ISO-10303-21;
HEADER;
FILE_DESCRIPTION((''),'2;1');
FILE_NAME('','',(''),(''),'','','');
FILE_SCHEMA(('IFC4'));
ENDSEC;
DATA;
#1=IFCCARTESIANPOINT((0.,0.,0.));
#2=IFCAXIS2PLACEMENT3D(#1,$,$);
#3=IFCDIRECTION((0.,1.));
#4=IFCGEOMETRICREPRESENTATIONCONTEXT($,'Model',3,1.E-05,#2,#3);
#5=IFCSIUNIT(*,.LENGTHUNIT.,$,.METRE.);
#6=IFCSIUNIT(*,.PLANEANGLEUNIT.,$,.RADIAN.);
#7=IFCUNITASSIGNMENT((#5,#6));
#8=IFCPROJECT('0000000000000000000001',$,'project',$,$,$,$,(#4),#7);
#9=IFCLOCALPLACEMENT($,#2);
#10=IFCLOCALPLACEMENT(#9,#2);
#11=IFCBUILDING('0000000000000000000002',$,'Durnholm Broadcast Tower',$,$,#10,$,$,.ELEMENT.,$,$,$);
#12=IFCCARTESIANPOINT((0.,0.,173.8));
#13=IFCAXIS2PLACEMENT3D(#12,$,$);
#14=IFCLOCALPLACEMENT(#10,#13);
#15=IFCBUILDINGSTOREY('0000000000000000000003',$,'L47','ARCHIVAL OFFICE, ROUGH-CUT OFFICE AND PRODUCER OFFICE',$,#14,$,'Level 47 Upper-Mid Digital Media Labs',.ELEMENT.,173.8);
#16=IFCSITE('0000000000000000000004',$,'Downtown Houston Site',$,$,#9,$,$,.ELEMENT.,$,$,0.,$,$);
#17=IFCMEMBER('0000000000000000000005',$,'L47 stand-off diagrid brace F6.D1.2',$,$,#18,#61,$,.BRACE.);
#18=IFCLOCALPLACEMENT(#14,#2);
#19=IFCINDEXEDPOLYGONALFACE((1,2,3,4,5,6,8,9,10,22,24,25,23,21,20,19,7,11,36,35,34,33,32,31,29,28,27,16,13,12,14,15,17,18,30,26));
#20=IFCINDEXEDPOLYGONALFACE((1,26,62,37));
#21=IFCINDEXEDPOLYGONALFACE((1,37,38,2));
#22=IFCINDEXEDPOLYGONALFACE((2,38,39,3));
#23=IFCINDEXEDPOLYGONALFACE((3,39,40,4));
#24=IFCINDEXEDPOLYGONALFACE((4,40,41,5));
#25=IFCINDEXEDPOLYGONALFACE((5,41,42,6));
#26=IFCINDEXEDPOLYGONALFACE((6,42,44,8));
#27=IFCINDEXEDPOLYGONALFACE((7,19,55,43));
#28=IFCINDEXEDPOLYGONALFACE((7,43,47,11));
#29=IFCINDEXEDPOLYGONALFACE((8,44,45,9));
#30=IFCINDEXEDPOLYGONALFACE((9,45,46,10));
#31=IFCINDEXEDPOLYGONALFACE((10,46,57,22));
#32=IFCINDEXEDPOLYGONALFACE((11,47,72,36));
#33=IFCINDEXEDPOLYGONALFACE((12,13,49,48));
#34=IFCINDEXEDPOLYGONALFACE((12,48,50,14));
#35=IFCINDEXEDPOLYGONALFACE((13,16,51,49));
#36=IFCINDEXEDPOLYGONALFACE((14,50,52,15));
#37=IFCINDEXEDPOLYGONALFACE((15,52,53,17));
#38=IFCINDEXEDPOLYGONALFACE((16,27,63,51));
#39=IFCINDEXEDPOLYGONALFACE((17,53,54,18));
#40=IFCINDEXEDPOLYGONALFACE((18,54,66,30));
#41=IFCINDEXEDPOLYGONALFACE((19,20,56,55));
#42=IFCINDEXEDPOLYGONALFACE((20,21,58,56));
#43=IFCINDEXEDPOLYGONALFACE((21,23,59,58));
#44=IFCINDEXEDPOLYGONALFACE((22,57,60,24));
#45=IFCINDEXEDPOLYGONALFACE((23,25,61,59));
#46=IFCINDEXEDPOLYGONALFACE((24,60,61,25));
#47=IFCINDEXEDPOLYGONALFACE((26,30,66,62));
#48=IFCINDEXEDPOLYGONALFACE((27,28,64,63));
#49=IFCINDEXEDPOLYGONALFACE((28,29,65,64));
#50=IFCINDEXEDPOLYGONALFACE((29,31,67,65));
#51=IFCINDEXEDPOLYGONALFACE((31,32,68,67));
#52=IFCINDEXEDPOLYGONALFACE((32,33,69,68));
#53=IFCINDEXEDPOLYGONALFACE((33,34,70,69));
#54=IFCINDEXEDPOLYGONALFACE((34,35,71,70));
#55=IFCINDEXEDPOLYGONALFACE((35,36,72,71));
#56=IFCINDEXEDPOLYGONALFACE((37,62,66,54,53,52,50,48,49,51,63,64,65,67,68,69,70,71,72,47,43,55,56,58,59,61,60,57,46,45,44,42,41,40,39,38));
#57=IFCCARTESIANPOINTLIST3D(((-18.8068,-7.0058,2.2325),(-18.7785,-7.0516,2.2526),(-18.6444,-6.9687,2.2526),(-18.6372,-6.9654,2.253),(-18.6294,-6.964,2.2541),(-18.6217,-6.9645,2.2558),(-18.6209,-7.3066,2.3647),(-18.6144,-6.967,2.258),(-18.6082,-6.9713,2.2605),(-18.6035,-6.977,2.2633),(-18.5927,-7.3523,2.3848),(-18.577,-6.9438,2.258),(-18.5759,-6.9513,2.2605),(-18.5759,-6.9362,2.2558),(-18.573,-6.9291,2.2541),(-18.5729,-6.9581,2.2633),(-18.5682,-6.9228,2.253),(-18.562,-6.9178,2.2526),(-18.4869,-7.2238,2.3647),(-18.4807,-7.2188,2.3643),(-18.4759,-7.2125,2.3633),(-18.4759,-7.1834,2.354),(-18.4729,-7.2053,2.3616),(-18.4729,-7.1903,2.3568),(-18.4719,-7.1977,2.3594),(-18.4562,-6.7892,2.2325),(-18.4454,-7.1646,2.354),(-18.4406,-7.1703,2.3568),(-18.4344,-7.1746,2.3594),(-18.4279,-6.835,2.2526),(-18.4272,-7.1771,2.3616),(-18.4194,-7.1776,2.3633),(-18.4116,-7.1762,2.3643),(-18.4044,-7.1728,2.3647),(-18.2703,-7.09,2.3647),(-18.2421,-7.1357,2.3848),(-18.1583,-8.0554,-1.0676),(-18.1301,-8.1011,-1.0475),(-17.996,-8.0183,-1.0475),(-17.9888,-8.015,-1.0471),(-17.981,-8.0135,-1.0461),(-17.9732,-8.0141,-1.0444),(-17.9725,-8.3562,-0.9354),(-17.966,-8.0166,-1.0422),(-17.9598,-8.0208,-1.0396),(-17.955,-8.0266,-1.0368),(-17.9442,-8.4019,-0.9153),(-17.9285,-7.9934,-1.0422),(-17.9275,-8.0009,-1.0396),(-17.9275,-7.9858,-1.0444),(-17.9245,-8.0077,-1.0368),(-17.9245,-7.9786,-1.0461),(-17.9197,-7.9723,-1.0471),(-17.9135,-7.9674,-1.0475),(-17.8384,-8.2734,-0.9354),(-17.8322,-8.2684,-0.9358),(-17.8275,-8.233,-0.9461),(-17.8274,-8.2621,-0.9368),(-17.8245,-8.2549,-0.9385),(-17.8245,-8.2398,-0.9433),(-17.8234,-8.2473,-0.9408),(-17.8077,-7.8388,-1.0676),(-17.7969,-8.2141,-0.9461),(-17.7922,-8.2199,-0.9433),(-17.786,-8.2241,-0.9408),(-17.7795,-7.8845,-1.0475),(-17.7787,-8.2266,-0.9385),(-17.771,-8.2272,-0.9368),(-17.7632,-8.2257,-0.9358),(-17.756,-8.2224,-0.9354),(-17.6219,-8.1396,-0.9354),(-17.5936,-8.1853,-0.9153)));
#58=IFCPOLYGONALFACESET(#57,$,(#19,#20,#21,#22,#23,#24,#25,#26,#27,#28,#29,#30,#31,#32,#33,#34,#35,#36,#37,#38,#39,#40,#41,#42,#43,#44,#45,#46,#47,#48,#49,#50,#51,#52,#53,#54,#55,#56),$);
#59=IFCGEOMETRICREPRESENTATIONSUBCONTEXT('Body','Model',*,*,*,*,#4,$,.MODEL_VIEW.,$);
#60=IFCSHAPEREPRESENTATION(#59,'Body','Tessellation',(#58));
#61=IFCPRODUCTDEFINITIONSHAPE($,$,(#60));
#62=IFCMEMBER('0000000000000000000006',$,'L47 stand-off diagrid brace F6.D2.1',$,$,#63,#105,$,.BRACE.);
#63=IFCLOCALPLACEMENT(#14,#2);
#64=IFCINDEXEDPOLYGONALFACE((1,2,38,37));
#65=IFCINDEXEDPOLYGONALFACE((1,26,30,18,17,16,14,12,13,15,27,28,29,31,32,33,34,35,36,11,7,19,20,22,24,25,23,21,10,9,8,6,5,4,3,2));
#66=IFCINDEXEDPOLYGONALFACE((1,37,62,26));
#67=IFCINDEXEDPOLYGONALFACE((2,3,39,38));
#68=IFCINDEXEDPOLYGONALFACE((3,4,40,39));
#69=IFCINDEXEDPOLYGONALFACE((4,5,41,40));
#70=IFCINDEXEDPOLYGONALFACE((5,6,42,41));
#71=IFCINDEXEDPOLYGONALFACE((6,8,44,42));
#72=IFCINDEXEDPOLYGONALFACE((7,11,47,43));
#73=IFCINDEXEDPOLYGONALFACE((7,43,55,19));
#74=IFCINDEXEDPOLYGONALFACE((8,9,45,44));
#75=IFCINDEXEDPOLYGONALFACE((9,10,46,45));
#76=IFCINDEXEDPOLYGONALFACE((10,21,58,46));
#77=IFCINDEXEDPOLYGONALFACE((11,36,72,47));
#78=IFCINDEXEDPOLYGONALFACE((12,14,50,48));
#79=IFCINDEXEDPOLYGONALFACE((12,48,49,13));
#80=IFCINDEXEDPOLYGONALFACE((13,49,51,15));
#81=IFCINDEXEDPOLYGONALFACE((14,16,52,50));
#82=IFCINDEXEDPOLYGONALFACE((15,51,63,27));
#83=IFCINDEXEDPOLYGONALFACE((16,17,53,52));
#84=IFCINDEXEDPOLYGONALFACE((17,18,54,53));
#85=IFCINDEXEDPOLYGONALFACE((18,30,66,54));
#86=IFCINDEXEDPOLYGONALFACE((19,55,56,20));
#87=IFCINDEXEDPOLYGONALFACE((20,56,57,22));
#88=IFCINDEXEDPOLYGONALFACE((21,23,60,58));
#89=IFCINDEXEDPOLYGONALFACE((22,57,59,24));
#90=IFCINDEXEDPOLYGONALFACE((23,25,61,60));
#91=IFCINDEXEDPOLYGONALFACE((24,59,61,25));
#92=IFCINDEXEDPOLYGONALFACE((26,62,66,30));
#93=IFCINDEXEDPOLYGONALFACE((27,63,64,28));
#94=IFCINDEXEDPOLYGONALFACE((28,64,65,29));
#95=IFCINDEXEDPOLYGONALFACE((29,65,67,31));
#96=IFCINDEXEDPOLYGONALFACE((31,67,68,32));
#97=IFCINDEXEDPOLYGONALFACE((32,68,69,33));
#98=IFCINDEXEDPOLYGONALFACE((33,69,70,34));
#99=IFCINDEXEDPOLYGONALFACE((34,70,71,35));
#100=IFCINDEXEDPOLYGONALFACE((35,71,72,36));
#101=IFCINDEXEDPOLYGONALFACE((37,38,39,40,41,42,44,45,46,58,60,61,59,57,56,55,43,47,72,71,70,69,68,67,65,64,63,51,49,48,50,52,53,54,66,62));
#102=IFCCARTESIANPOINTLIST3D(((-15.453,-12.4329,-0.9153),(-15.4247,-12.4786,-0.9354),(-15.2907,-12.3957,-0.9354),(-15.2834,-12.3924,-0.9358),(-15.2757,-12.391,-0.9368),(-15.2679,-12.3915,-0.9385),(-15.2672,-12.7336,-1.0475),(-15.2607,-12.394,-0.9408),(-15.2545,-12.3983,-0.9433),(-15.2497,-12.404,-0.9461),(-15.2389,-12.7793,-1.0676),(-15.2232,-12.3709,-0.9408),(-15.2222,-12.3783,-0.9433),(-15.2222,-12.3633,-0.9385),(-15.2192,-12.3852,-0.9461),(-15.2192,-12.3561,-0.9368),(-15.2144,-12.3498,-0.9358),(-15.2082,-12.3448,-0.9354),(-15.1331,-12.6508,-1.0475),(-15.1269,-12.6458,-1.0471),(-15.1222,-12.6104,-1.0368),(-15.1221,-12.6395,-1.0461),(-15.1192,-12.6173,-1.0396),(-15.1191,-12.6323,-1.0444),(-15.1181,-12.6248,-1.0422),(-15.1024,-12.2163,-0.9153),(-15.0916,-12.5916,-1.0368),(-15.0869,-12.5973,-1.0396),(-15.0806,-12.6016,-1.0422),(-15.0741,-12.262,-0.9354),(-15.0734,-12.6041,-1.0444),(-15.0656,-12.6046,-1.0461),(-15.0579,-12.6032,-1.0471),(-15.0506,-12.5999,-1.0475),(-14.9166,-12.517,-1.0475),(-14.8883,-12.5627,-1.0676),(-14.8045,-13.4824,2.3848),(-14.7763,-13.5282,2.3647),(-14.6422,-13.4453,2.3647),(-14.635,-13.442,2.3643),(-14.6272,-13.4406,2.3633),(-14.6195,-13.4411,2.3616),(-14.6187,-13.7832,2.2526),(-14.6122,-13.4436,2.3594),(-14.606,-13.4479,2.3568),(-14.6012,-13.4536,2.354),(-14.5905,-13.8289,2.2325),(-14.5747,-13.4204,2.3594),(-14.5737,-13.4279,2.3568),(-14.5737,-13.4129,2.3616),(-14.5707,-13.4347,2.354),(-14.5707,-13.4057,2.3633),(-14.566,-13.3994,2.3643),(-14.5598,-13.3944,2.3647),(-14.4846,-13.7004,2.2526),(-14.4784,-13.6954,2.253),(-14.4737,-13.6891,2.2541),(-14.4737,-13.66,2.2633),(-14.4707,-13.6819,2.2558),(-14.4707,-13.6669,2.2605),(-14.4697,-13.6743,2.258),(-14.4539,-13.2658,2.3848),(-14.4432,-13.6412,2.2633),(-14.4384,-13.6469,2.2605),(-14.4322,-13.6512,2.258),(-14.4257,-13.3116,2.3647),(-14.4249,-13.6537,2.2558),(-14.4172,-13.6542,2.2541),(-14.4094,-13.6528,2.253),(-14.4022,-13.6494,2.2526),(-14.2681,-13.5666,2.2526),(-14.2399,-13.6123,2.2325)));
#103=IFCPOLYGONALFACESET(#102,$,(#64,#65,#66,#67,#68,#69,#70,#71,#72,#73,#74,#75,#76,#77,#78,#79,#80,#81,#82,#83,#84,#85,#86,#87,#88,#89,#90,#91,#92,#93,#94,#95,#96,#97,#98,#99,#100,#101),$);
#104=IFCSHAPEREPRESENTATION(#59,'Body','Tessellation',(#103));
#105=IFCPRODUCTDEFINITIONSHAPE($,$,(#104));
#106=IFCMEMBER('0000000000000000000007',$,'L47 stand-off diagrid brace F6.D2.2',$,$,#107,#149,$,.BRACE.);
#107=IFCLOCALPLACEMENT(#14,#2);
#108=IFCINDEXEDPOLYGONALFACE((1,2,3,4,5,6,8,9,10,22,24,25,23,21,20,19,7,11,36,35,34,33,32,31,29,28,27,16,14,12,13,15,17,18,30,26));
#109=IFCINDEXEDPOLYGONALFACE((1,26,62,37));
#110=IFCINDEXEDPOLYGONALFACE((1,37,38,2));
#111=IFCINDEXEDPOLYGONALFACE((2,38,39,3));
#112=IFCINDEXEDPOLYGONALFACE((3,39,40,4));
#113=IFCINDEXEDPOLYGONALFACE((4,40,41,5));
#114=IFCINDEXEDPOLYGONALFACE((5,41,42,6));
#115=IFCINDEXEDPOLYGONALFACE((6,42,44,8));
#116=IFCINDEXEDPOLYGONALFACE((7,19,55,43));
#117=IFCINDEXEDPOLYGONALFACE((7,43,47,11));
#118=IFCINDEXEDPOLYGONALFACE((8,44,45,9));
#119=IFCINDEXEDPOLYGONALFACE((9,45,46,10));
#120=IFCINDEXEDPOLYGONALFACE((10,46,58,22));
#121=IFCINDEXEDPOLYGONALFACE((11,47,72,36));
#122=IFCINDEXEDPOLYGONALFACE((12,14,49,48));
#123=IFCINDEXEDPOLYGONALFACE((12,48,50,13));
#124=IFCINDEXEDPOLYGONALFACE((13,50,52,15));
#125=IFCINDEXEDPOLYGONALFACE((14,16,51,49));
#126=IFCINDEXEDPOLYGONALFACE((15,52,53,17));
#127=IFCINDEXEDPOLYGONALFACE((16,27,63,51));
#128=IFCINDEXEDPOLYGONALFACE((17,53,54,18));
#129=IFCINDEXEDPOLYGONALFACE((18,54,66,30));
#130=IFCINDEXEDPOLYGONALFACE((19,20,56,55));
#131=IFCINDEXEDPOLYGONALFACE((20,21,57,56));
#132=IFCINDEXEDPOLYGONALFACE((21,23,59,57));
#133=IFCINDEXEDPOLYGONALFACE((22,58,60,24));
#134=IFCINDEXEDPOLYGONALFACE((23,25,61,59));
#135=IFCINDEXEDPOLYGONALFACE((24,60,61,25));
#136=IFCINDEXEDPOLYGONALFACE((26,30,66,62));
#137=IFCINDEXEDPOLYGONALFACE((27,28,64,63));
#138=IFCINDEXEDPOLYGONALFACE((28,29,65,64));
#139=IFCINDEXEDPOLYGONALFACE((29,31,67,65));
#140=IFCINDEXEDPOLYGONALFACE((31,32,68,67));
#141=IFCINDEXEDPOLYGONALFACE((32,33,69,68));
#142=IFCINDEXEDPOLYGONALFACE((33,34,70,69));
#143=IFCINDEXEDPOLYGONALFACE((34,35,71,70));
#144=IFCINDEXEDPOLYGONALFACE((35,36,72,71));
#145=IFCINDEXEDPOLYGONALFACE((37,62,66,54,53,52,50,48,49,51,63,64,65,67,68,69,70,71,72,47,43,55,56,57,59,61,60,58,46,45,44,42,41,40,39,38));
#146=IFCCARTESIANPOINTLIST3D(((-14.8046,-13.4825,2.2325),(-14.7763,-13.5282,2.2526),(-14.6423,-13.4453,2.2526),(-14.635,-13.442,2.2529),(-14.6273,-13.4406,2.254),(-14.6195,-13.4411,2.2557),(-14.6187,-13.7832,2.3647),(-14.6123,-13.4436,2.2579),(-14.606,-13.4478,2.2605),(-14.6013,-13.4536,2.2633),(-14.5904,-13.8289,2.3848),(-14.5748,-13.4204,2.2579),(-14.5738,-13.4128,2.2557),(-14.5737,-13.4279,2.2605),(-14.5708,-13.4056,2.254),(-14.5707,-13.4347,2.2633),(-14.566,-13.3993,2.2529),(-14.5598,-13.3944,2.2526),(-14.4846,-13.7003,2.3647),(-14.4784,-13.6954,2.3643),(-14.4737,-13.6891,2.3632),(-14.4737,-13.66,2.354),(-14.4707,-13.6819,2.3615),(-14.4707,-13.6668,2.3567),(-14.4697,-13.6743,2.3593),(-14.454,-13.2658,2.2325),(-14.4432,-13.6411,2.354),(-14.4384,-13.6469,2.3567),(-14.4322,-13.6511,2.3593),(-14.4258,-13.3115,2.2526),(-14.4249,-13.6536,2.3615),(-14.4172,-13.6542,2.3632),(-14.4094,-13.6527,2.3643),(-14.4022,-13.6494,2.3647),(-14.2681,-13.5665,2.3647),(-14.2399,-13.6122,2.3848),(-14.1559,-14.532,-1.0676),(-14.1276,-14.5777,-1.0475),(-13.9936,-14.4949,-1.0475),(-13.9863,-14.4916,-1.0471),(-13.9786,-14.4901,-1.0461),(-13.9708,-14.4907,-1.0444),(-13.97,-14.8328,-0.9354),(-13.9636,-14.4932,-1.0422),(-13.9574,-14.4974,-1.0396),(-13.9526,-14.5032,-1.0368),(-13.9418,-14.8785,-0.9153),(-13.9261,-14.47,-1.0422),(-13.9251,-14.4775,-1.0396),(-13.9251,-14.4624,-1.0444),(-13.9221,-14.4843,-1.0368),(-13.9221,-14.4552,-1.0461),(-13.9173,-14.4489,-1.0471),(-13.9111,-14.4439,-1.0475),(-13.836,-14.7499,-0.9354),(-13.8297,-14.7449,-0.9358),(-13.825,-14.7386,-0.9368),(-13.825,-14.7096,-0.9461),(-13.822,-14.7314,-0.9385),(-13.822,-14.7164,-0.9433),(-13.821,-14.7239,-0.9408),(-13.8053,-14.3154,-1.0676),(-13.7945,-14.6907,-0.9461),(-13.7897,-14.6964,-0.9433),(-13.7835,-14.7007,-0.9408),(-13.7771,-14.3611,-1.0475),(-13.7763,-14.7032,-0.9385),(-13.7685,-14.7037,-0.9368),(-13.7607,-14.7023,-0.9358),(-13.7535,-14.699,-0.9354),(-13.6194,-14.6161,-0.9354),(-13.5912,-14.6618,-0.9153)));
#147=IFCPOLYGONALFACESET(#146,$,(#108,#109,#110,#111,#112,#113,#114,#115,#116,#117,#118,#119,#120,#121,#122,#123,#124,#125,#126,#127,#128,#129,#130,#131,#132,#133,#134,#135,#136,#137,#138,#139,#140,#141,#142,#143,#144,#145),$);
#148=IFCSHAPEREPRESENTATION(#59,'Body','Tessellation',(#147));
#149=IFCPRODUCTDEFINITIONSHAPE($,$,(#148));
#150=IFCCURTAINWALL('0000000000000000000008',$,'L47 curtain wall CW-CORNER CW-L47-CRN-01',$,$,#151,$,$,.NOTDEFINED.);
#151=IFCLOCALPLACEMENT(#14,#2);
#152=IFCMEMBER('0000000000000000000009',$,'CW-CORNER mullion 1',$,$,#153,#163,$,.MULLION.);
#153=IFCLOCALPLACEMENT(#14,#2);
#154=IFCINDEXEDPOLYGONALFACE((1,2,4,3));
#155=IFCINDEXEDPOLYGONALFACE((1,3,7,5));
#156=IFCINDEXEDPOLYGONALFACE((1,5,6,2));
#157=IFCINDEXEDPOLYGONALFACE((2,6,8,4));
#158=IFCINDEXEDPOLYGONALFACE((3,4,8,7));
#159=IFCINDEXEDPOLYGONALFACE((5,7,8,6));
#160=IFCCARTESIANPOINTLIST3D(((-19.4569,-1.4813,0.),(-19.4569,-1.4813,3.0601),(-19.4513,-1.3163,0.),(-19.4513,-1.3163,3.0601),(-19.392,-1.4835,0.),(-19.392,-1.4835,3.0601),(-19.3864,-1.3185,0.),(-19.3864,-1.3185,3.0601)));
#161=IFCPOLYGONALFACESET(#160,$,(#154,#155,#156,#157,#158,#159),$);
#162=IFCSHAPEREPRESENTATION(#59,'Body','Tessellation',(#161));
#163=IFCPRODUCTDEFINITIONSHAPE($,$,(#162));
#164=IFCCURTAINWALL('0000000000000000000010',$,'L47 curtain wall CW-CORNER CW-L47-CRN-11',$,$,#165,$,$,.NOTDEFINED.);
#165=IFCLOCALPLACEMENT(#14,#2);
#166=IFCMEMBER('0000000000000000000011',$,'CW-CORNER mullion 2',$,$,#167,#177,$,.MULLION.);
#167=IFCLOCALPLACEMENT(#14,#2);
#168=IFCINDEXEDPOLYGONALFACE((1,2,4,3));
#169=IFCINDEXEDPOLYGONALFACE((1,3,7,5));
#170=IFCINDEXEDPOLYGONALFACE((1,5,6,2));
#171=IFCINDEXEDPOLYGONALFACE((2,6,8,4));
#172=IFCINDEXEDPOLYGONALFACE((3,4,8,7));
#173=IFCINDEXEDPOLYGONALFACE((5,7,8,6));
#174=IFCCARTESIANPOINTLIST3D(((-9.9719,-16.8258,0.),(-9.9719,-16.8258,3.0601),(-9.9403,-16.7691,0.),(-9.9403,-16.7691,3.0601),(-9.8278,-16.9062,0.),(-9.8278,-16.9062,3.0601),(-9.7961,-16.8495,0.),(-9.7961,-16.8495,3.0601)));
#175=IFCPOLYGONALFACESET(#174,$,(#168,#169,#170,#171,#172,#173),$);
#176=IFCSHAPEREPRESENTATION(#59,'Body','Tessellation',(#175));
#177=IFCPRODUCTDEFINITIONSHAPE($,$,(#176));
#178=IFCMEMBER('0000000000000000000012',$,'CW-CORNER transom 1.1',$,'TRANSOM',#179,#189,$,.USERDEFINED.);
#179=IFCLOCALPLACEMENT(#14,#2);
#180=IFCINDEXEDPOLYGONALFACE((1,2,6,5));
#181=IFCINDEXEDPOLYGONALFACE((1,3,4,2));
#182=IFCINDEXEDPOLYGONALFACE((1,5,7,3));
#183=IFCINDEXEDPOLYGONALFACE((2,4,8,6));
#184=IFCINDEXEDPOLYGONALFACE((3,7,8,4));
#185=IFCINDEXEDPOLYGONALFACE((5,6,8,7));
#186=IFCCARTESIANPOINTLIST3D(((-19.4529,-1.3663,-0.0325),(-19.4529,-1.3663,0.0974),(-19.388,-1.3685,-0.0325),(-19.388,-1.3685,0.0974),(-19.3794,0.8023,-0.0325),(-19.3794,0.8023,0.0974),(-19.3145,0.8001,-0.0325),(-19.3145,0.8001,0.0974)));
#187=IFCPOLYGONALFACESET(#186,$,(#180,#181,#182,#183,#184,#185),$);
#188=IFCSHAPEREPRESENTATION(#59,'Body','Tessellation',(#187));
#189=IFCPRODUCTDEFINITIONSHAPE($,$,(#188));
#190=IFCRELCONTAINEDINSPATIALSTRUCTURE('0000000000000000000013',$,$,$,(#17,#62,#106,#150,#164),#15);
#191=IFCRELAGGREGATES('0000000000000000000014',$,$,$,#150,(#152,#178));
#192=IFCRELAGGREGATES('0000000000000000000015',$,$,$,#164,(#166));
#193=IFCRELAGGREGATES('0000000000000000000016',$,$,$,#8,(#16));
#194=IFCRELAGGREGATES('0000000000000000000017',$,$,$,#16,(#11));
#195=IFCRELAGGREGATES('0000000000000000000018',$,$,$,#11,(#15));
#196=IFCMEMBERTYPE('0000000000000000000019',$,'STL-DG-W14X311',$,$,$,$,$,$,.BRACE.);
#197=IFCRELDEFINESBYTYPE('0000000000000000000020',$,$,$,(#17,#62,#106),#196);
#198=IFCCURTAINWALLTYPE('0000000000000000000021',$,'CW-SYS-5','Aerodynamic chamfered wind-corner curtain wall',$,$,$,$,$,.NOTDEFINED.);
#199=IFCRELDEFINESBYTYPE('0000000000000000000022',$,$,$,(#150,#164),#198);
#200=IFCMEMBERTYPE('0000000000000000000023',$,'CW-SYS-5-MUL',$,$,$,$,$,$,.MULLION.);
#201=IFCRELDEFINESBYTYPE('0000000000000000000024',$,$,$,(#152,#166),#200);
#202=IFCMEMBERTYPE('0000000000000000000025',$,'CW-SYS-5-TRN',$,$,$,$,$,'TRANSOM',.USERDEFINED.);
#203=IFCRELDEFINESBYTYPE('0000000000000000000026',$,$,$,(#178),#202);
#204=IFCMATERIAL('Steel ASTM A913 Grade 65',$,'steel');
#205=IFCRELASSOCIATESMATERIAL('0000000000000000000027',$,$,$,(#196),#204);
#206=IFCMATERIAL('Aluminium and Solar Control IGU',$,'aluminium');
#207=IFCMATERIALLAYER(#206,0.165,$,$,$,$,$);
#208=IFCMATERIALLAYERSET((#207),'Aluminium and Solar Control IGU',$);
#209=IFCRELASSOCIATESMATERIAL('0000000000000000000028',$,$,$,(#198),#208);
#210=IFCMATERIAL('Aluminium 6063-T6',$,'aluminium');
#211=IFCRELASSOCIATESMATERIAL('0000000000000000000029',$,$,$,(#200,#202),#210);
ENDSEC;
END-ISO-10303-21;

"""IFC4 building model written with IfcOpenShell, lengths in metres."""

from ifc_helpers import new_model, si_unit, direction, frame, origin, origin_2d, place, context, subcontext, project, spatial, rectangle, i_section, extrude, source, transform, mapped, material, layer, layer_set, material_profile, profile_set, type_object, type_shapes, element, aggregate, save


model = new_model("IFC4")

# Units and contexts
model_context = context("Model", 3, precision=1e-05, world=origin(), true_north=direction((0.0, 1.0)))
body_context = subcontext(model_context, "Body", "Model", "MODEL_VIEW")
ifc_project = project(units=[si_unit("LENGTHUNIT", "METRE"), si_unit("PLANEANGLEUNIT", "RADIAN")], contexts=[model_context])

# Site, building, storey
site_placement = place(None, origin())
site = spatial("IfcSite", under=ifc_project, at=site_placement, Name="Downtown Houston Site", CompositionType="ELEMENT", RefElevation=0.0)
building_placement = place(site_placement, origin())
building = spatial("IfcBuilding", under=site, at=building_placement, Name="Durnholm Broadcast Tower", CompositionType="ELEMENT")
storey_placement = place(building_placement, frame((0.0, 0.0, 173.8)))
storey = spatial("IfcBuildingStorey", under=building, at=storey_placement, Name="L47", Description="ARCHIVAL OFFICE, ROUGH-CUT OFFICE AND PRODUCER OFFICE", LongName="Level 47 Upper-Mid Digital Media Labs", CompositionType="ELEMENT", Elevation=173.8)

# Members
ifc_material_1 = material(Name="Steel ASTM A913 Grade 65", Category="steel")
ifc_material_profile_1 = material_profile(ifc_material_1, i_section(OverallWidth=0.4121, OverallDepth=0.4348, WebThickness=0.0359, FlangeThickness=0.0574, FilletRadius=0.0305, at=origin_2d()), Name="W14X311")
ifc_profile_set_1 = profile_set([ifc_material_profile_1], Name="Steel ASTM A913 Grade 65")
member_type_1 = type_object("IfcMemberType", Name="STL-DG-W14X311", PredefinedType="BRACE", material=ifc_profile_set_1)
shared_shape_1 = source(origin(), body_context, "Body", "SweptSolid", [
    extrude(i_section(OverallWidth=0.4121, OverallDepth=0.4348, WebThickness=0.0359, FlangeThickness=0.0574, FilletRadius=0.0305, at=origin_2d()), origin(), (0.0, 0.0, 1.0), 3.5232),
])
type_shapes(member_type_1, [shared_shape_1])
for number, where, z_axis, x_axis, name in (
    (1, (-17.876, -8.1204, -0.9915), (-0.184052, 0.297907, 0.936684), (-0.850733, -0.525598, 0.0), "L47 stand-off diagrid brace F6.D1.2"),
    (2, (-15.1707, -12.4978, -0.9915), (0.184052, -0.297907, 0.936684), (0.850733, 0.525598, 0.0), "L47 stand-off diagrid brace F6.D2.1"),
    (3, (-13.8735, -14.5969, -0.9915), (-0.184119, 0.297903, 0.936672), (-0.850644, -0.525741, 0.0), "L47 stand-off diagrid brace F6.D2.2"),
):
    element("IfcMember", number, at=place(storey_placement, frame(where, z_axis=z_axis, x_axis=x_axis)), inside=storey, type_object=member_type_1, Name=name, PredefinedType="BRACE", context=body_context, shape_type="MappedRepresentation", body=[
        mapped(shared_shape_1, transform((0.0, 0.0, 0.0), x_axis=(1.0, 0.0, 0.0), y_axis=(0.0, 1.0, 0.0), z_axis=(0.0, 0.0, 1.0), scale=1.0)),
    ])

# Curtain walls, members
ifc_material_2 = material(Name="Aluminium and Solar Control IGU", Category="aluminium")
ifc_layer_1 = layer(ifc_material_2, 0.165)
ifc_layer_set_1 = layer_set([ifc_layer_1], Name="Aluminium and Solar Control IGU")
curtain_wall_type_1 = type_object("IfcCurtainWallType", Name="CW-SYS-5", Description="Aerodynamic chamfered wind-corner curtain wall", PredefinedType="NOTDEFINED", material=ifc_layer_set_1)
curtain_wall_1_placement = place(storey_placement, origin())
curtain_wall_1 = element("IfcCurtainWall", 4, at=curtain_wall_1_placement, inside=storey, type_object=curtain_wall_type_1, Name="L47 curtain wall CW-CORNER CW-L47-CRN-01", PredefinedType="NOTDEFINED")
ifc_material_3 = material(Name="Aluminium 6063-T6", Category="aluminium")
ifc_material_profile_2 = material_profile(ifc_material_3, rectangle(XDim=0.0649, YDim=0.165, at=origin_2d()), Name="CWM65X165")
ifc_profile_set_2 = profile_set([ifc_material_profile_2], Name="Aluminium 6063-T6")
member_type_2 = type_object("IfcMemberType", Name="CW-SYS-5-MUL", PredefinedType="MULLION", material=ifc_profile_set_2)
shared_shape_2 = source(origin(), body_context, "Body", "SweptSolid", [
    extrude(rectangle(XDim=0.0649, YDim=0.165, at=origin_2d()), origin(), (0.0, 0.0, 1.0), 3.0601),
])
type_shapes(member_type_2, [shared_shape_2])
member_1_placement = place(storey_placement, frame((-19.4216, -1.3999, 0.0), z_axis=(0.0, 0.0, 1.0), x_axis=(-0.999425, 0.033913, 0.0)))
member_1 = element("IfcMember", 5, at=member_1_placement, type_object=member_type_2, Name="CW-CORNER mullion 1", PredefinedType="MULLION", context=body_context, shape_type="MappedRepresentation", body=[
    mapped(shared_shape_2, transform((0.0, 0.0, 0.0), x_axis=(1.0, 0.0, 0.0), y_axis=(0.0, 1.0, 0.0), z_axis=(0.0, 0.0, 1.0), scale=1.0)),
])
curtain_wall_2_placement = place(storey_placement, origin())
curtain_wall_2 = element("IfcCurtainWall", 6, at=curtain_wall_2_placement, inside=storey, type_object=curtain_wall_type_1, Name="L47 curtain wall CW-CORNER CW-L47-CRN-11", PredefinedType="NOTDEFINED")
member_2_placement = place(storey_placement, frame((-9.884, -16.8376, 0.0), z_axis=(0.0, 0.0, 1.0), x_axis=(-0.486986, -0.87341, 0.0)))
member_2 = element("IfcMember", 7, at=member_2_placement, type_object=member_type_2, Name="CW-CORNER mullion 2", PredefinedType="MULLION", context=body_context, shape_type="MappedRepresentation", body=[
    mapped(shared_shape_2, transform((0.0, 0.0, 0.0), x_axis=(1.0, 0.0, 0.0), y_axis=(0.0, 1.0, 0.0), z_axis=(0.0, 0.0, 1.0), scale=1.0)),
])

# Member
ifc_material_profile_3 = material_profile(ifc_material_3, rectangle(XDim=0.0649, YDim=0.1299, at=origin_2d()), Name="CWT65X130")
ifc_profile_set_3 = profile_set([ifc_material_profile_3], Name="Aluminium 6063-T6")
member_type_3 = type_object("IfcMemberType", Name="CW-SYS-5-TRN", ElementType="TRANSOM", PredefinedType="USERDEFINED", material=ifc_profile_set_3)
shared_shape_3 = source(origin(), body_context, "Body", "SweptSolid", [
    extrude(rectangle(XDim=0.0649, YDim=0.1299, at=origin_2d()), origin(), (0.0, 0.0, 1.0), 2.1699),
])
type_shapes(member_type_3, [shared_shape_3])
member_3_placement = place(storey_placement, frame((-19.4204, -1.3674, 0.0325), z_axis=(0.033866, 0.999426, 0.0), x_axis=(-0.999426, 0.033866, 0.0)))
member_3 = element("IfcMember", 8, at=member_3_placement, type_object=member_type_3, Name="CW-CORNER transom 1.1", ObjectType="TRANSOM", PredefinedType="USERDEFINED", context=body_context, shape_type="MappedRepresentation", body=[
    mapped(shared_shape_3, transform((0.0, 0.0, 0.0), x_axis=(1.0, 0.0, 0.0), y_axis=(0.0, 1.0, 0.0), z_axis=(0.0, 0.0, 1.0), scale=1.0)),
])

aggregate(curtain_wall_1, [member_1, member_3])
aggregate(curtain_wall_2, [member_2])

save(model, "model.ifc")
